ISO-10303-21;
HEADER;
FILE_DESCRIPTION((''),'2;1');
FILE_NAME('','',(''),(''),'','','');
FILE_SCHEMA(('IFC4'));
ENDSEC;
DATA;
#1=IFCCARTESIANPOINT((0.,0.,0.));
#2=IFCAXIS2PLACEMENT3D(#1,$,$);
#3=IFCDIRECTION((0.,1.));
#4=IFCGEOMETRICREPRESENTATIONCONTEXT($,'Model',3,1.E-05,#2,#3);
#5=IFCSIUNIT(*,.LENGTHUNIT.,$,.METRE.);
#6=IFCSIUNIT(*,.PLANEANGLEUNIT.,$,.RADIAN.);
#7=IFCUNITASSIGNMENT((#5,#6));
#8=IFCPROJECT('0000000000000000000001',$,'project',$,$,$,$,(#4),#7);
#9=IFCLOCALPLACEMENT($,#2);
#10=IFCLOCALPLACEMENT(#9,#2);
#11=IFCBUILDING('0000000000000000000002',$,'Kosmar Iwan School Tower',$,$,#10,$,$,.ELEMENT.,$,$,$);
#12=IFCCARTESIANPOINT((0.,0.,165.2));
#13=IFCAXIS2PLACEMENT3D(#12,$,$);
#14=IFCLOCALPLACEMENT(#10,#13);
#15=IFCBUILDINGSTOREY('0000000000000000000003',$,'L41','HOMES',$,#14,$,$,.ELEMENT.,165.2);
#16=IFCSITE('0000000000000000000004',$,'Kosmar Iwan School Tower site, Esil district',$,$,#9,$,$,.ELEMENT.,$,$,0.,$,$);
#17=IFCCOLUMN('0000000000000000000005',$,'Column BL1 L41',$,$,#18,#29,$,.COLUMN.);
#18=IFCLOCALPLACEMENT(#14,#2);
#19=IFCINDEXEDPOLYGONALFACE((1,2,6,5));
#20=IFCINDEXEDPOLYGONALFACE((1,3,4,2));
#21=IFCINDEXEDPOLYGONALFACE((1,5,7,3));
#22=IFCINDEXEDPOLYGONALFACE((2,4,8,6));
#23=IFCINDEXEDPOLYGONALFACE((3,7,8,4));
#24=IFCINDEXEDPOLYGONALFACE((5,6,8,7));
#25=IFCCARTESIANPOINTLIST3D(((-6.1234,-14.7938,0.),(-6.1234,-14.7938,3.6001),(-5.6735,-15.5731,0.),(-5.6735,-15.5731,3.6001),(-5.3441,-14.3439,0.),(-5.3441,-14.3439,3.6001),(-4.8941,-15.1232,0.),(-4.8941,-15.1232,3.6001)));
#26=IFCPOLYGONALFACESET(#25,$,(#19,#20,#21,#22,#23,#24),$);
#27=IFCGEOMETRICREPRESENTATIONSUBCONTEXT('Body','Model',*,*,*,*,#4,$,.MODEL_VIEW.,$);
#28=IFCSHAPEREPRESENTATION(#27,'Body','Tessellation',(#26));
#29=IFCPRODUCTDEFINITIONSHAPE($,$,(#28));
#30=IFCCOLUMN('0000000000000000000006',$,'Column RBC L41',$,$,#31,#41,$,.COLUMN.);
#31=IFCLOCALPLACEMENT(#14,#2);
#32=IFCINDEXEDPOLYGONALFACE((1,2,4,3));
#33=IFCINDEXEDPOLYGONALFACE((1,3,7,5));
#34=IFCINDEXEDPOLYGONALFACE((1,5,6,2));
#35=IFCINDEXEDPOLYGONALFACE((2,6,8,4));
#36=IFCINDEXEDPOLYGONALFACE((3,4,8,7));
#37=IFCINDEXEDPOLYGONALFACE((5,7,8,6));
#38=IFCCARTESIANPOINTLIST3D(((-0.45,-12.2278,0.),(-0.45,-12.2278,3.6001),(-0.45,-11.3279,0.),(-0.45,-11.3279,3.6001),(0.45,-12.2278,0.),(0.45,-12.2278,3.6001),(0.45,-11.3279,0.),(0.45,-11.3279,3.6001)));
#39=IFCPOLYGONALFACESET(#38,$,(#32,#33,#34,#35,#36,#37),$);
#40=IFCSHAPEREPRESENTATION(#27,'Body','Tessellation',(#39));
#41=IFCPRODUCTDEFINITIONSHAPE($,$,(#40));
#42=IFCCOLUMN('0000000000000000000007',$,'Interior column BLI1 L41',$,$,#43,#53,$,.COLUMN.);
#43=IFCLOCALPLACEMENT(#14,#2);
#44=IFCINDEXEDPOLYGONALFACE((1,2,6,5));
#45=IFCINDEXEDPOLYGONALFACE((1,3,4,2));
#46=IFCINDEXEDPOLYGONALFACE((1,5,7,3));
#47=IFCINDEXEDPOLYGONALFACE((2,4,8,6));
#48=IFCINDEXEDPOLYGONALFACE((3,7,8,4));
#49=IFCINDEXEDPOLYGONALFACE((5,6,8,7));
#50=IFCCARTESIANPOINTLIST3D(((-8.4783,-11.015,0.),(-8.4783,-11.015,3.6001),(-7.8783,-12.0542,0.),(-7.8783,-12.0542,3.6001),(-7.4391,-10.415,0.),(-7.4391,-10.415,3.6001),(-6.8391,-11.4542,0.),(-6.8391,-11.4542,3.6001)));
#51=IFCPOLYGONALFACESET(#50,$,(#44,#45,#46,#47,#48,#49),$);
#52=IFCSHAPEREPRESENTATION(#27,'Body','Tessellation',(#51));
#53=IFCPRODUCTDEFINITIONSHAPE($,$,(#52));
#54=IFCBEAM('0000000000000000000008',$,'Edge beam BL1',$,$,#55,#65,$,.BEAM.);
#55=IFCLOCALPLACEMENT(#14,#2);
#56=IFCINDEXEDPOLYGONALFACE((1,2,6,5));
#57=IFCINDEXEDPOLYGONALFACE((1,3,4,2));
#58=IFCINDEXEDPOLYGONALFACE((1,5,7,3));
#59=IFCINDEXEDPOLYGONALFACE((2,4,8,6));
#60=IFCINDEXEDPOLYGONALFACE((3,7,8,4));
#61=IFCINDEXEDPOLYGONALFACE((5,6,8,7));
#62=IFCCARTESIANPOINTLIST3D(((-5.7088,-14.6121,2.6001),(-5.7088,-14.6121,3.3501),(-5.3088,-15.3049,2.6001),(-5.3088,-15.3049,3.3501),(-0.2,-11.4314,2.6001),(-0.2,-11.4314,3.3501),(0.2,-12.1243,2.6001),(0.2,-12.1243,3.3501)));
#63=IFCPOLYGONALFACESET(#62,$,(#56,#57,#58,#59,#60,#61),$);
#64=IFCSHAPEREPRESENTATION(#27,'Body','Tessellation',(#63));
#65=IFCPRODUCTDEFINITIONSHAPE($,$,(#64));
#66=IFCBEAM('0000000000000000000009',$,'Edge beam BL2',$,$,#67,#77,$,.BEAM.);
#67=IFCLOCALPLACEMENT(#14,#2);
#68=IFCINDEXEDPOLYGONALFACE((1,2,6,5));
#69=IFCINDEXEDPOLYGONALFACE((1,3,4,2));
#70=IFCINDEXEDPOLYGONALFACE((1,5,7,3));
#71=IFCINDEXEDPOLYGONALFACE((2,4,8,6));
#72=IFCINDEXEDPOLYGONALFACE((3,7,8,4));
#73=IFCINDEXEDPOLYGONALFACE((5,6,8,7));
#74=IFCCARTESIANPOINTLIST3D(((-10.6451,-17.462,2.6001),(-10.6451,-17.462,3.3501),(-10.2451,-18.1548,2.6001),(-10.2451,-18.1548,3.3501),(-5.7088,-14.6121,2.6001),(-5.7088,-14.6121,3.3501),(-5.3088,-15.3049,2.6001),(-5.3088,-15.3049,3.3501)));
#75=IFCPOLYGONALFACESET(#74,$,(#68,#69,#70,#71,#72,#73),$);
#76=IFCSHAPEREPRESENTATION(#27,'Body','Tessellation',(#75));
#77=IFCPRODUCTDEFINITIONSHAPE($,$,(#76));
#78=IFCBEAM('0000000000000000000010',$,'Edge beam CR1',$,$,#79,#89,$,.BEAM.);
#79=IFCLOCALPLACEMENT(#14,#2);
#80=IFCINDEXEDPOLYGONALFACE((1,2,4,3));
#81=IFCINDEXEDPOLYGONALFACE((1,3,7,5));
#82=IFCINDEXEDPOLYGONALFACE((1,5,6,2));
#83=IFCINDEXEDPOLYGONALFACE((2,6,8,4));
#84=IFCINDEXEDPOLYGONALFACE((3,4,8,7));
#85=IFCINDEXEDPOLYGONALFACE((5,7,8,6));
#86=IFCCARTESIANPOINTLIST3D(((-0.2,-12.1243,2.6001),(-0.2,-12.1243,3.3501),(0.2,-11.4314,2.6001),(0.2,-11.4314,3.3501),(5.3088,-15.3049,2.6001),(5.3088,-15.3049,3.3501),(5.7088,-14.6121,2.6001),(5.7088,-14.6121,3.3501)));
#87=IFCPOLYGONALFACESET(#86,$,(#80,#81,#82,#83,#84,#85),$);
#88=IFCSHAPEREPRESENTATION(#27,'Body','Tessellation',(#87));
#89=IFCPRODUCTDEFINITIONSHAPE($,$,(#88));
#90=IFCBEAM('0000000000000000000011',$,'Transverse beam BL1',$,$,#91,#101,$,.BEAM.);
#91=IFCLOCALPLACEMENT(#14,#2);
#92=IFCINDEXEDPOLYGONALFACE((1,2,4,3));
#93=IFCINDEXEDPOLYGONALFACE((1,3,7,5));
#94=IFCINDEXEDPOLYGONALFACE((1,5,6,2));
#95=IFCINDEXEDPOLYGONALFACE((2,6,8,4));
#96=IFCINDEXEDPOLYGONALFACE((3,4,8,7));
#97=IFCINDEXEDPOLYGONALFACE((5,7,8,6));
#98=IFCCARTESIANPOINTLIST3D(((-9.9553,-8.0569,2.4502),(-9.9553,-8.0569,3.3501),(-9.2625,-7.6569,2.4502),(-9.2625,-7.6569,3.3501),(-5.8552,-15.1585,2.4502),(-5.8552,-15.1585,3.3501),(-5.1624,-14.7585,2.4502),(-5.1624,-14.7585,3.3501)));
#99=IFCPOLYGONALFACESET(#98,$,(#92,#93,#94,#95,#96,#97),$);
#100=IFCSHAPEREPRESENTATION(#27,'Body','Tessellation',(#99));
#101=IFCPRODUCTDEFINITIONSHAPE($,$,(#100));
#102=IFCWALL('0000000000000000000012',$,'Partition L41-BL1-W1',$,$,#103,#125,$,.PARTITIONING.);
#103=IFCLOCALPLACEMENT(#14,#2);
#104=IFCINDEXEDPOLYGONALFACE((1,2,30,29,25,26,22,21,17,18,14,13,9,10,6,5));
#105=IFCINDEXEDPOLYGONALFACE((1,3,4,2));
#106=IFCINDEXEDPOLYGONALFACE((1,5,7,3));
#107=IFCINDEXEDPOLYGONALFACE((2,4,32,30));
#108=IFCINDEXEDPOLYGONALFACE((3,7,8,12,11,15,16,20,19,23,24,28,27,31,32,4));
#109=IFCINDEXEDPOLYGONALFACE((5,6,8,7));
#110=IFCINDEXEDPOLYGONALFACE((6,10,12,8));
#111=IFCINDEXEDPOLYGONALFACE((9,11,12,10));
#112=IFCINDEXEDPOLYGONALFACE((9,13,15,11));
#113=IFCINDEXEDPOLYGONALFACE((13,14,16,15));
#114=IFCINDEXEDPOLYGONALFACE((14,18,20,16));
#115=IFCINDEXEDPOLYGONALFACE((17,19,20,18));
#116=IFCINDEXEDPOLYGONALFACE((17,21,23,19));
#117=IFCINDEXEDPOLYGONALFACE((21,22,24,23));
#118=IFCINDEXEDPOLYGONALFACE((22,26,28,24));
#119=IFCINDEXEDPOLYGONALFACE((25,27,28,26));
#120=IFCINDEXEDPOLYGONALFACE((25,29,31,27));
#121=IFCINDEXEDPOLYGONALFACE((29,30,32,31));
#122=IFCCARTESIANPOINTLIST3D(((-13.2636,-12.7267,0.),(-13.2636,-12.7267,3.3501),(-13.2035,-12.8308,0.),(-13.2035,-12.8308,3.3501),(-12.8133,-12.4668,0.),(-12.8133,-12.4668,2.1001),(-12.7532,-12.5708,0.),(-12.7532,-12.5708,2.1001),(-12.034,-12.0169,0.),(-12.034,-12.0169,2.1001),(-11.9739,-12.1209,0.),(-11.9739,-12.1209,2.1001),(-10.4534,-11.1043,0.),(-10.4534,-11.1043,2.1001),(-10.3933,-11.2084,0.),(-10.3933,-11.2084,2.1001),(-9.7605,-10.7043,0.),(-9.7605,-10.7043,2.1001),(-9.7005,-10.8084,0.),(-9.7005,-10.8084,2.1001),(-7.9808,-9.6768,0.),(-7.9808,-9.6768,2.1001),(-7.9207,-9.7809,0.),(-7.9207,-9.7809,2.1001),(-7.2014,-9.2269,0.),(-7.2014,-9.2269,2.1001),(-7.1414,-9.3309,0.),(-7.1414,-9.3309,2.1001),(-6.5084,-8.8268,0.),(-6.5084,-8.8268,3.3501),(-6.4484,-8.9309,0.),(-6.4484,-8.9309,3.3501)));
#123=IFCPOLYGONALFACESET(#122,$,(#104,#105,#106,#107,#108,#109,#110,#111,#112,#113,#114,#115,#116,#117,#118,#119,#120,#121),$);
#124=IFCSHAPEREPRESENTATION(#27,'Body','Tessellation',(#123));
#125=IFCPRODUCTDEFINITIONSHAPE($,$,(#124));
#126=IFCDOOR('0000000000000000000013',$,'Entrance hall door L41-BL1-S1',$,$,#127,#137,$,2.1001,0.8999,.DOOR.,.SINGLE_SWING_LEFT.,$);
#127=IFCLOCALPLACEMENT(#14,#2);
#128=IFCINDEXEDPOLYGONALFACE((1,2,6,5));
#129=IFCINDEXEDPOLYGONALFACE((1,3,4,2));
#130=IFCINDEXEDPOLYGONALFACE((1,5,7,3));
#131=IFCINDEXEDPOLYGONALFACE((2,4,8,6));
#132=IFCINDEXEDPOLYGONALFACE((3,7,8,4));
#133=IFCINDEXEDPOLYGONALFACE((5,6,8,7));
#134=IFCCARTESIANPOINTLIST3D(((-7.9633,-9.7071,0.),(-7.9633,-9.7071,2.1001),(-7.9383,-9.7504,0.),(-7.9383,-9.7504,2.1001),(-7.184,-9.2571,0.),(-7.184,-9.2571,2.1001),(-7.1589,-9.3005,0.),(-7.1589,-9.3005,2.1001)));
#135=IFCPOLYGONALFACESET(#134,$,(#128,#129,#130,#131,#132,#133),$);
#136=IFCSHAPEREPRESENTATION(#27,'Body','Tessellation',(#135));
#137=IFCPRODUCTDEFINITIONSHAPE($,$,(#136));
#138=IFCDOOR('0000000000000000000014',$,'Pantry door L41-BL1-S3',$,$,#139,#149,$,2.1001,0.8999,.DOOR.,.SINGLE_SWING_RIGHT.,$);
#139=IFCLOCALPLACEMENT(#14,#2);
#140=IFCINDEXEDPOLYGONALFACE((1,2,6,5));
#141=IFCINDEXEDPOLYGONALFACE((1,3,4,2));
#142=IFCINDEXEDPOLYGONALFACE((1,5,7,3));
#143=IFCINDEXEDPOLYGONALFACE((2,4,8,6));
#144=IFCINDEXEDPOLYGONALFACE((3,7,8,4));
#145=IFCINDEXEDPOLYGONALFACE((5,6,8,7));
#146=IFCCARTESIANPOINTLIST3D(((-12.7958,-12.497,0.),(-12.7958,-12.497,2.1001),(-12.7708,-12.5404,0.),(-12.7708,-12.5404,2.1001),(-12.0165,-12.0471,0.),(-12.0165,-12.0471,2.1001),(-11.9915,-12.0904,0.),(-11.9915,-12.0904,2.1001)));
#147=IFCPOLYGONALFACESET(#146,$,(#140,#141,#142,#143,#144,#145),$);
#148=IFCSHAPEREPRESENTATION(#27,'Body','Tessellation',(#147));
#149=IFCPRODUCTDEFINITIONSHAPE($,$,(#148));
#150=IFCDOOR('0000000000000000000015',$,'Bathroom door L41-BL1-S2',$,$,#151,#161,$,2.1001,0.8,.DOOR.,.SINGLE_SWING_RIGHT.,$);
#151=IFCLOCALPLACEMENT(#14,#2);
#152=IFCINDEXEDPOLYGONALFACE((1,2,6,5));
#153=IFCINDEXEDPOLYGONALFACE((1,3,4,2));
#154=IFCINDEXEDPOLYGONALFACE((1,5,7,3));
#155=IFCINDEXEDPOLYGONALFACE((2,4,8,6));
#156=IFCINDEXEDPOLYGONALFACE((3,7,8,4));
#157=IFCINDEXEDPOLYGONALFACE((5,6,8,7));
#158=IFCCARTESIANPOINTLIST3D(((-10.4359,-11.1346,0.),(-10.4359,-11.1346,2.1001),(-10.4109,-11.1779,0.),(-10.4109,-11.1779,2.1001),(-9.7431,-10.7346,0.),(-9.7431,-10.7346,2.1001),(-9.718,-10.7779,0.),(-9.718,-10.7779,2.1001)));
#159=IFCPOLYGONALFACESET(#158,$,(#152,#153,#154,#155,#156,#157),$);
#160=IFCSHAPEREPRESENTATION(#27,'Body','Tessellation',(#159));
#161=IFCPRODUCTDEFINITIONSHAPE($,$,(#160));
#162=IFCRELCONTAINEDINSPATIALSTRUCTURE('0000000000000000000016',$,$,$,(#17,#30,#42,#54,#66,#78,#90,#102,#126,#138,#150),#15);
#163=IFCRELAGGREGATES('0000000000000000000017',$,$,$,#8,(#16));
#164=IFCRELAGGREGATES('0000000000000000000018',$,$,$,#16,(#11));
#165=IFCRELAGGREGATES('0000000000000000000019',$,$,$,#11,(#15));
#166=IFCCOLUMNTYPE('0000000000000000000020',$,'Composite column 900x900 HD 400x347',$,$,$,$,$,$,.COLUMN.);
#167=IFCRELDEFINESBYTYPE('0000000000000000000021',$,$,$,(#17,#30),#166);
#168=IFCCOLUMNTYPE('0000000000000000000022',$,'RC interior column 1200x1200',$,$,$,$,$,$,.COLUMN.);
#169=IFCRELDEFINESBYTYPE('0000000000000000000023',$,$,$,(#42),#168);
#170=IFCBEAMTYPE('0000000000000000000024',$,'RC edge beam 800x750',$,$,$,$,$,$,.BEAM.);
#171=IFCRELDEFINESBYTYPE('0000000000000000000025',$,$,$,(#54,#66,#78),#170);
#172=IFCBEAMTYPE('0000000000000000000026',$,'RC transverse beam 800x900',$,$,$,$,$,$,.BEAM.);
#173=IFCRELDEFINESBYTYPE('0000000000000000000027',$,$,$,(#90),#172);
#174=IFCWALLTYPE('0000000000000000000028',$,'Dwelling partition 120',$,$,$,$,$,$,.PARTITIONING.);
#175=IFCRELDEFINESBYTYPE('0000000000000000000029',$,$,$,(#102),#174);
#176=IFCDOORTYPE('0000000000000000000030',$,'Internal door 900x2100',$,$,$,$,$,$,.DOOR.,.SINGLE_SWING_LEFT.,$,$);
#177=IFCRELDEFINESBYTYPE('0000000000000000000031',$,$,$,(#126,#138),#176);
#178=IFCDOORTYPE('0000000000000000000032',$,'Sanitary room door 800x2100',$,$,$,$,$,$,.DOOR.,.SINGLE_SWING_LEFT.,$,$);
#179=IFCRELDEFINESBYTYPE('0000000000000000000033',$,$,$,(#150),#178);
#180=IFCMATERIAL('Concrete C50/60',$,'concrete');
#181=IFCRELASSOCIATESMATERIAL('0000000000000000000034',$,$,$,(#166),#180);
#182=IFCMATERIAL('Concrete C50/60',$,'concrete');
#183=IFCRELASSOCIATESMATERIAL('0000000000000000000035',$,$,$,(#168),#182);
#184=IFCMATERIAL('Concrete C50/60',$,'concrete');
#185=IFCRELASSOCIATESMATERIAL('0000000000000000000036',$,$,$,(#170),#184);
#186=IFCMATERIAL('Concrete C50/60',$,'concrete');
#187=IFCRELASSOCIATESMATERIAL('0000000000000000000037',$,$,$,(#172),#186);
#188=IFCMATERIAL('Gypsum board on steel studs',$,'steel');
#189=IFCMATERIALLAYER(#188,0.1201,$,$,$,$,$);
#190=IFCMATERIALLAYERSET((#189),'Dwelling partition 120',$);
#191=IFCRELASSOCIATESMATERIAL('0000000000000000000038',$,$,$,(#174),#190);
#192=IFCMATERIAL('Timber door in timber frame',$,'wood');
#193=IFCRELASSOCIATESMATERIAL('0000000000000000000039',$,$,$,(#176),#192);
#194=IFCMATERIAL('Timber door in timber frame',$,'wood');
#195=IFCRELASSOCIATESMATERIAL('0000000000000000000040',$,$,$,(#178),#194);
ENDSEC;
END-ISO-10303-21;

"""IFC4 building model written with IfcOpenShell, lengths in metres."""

from ifc_helpers import new_model, si_unit, direction, frame, frame_2d, origin, origin_2d, place, context, subcontext, project, spatial, rectangle, extrude, material, layer, layer_set, material_profile, profile_set, type_object, element, fill, save


model = new_model("IFC4")

# Units and contexts
model_context = context("Model", 3, precision=1e-05, world=origin(), true_north=direction((0.0, 1.0)))
body_context = subcontext(model_context, "Body", "Model", "MODEL_VIEW")
ifc_project = project(units=[si_unit("LENGTHUNIT", "METRE"), si_unit("PLANEANGLEUNIT", "RADIAN")], contexts=[model_context])

# Site, building, storey
site_placement = place(None, origin())
site = spatial("IfcSite", under=ifc_project, at=site_placement, Name="Kosmar Iwan School Tower site, Esil district", CompositionType="ELEMENT", RefElevation=0.0)
building_placement = place(site_placement, origin())
building = spatial("IfcBuilding", under=site, at=building_placement, Name="Kosmar Iwan School Tower", CompositionType="ELEMENT")
storey_placement = place(building_placement, frame((0.0, 0.0, 165.2)))
storey = spatial("IfcBuildingStorey", under=building, at=storey_placement, Name="L41", Description="HOMES", CompositionType="ELEMENT", Elevation=165.2)

# Columns
ifc_material_1 = material(Name="Concrete C50/60", Category="concrete")
ifc_material_profile_1 = material_profile(ifc_material_1, rectangle(XDim=0.8999, YDim=0.8999, at=origin_2d()), Name="RC 900x900 + HD 400x347")
ifc_profile_set_1 = profile_set([ifc_material_profile_1], Name="Concrete C50/60")
column_type_1 = type_object("IfcColumnType", Name="Composite column 900x900 HD 400x347", PredefinedType="COLUMN", material=ifc_profile_set_1)
for number, where, z_axis, x_axis, name in (
    (1, (-5.5088, -14.9585, 0.0), (0.0, 0.0, 1.0), (-0.866025, -0.5, 0.0), "Column BL1 L41"),
    (2, (0.0, -11.7778, 0.0), (0.0, 0.0, 1.0), (1.0, 0.0, 0.0), "Column RBC L41"),
):
    element("IfcColumn", number, at=place(storey_placement, frame(where, z_axis=z_axis, x_axis=x_axis)), inside=storey, type_object=column_type_1, Name=name, PredefinedType="COLUMN", context=body_context, shape_type="SweptSolid", body=[
        extrude(rectangle(XDim=0.8999, YDim=0.8999, at=origin_2d()), origin(), (0.0, 0.0, 1.0), 3.6001),
    ])
ifc_material_2 = material(Name="Concrete C50/60", Category="concrete")
ifc_material_profile_2 = material_profile(ifc_material_2, rectangle(XDim=1.2, YDim=1.2, at=origin_2d()), Name="RC 1200x1200")
ifc_profile_set_2 = profile_set([ifc_material_profile_2], Name="Concrete C50/60")
column_type_2 = type_object("IfcColumnType", Name="RC interior column 1200x1200", PredefinedType="COLUMN", material=ifc_profile_set_2)
column_placement = place(storey_placement, frame((-7.6587, -11.2346, 0.0), z_axis=(0.0, 0.0, 1.0), x_axis=(-0.866025, -0.5, 0.0)))
element("IfcColumn", 3, at=column_placement, inside=storey, type_object=column_type_2, Name="Interior column BLI1 L41", PredefinedType="COLUMN", context=body_context, shape_type="SweptSolid", body=[
    extrude(rectangle(XDim=1.2, YDim=1.2, at=origin_2d()), origin(), (0.0, 0.0, 1.0), 3.6001),
])

# Beams
ifc_material_3 = material(Name="Concrete C50/60", Category="concrete")
ifc_material_profile_3 = material_profile(ifc_material_3, rectangle(XDim=0.8, YDim=0.75, at=origin_2d()), Name="RC 800x750")
ifc_profile_set_3 = profile_set([ifc_material_profile_3], Name="Concrete C50/60")
beam_type_1 = type_object("IfcBeamType", Name="RC edge beam 800x750", PredefinedType="BEAM", material=ifc_profile_set_3)
beam_1_placement = place(storey_placement, frame((0.0, -11.7778, 2.9751), z_axis=(-0.866014, -0.500019, 0.0), x_axis=(0.500019, -0.866014, 0.0)))
element("IfcBeam", 4, at=beam_1_placement, inside=storey, type_object=beam_type_1, Name="Edge beam BL1", PredefinedType="BEAM", context=body_context, shape_type="SweptSolid", body=[
    extrude(rectangle(XDim=0.8, YDim=0.75, at=origin_2d()), origin(), (0.0, 0.0, 1.0), 6.3611),
])
beam_2_placement = place(storey_placement, frame((-5.5088, -14.9585, 2.9751), z_axis=(-0.866034, -0.499986, 0.0), x_axis=(0.499986, -0.866034, 0.0)))
element("IfcBeam", 5, at=beam_2_placement, inside=storey, type_object=beam_type_1, Name="Edge beam BL2", PredefinedType="BEAM", context=body_context, shape_type="SweptSolid", body=[
    extrude(rectangle(XDim=0.8, YDim=0.75, at=origin_2d()), origin(), (0.0, 0.0, 1.0), 5.7),
])
beam_3_placement = place(storey_placement, frame((0.0, -11.7778, 2.9751), z_axis=(0.866014, -0.500019, 0.0), x_axis=(0.500019, 0.866014, 0.0)))
element("IfcBeam", 6, at=beam_3_placement, inside=storey, type_object=beam_type_1, Name="Edge beam CR1", PredefinedType="BEAM", context=body_context, shape_type="SweptSolid", body=[
    extrude(rectangle(XDim=0.8, YDim=0.75, at=origin_2d()), origin(), (0.0, 0.0, 1.0), 6.3611),
])
ifc_material_4 = material(Name="Concrete C50/60", Category="concrete")
ifc_material_profile_4 = material_profile(ifc_material_4, rectangle(XDim=0.8, YDim=0.8999, at=origin_2d()), Name="RC 800x900")
ifc_profile_set_4 = profile_set([ifc_material_profile_4], Name="Concrete C50/60")
beam_type_2 = type_object("IfcBeamType", Name="RC transverse beam 800x900", PredefinedType="BEAM", material=ifc_profile_set_4)
beam_4_placement = place(storey_placement, frame((-5.5088, -14.9585, 2.9001), z_axis=(-0.500001, 0.866025, 0.0), x_axis=(-0.866025, -0.500001, 0.0)))
element("IfcBeam", 7, at=beam_4_placement, inside=storey, type_object=beam_type_2, Name="Transverse beam BL1", PredefinedType="BEAM", context=body_context, shape_type="SweptSolid", body=[
    extrude(rectangle(XDim=0.8, YDim=0.8999, at=origin_2d()), origin(), (0.0, 0.0, 1.0), 8.2002),
])

# Wall, openings, doors
ifc_material_5 = material(Name="Gypsum board on steel studs", Category="steel")
ifc_layer_1 = layer(ifc_material_5, 0.1201)
ifc_layer_set_1 = layer_set([ifc_layer_1], Name="Dwelling partition 120")
wall_type_1 = type_object("IfcWallType", Name="Dwelling partition 120", PredefinedType="PARTITIONING", material=ifc_layer_set_1)
wall_1_placement = place(storey_placement, frame((-6.4785, -8.8789, 0.0), z_axis=(0.0, 0.0, 1.0), x_axis=(-0.866035, -0.499983, 0.0)))
wall_1 = element("IfcWall", 8, at=wall_1_placement, inside=storey, type_object=wall_type_1, Name="Partition L41-BL1-W1", PredefinedType="PARTITIONING", context=body_context, shape_type="SweptSolid", body=[
    extrude(rectangle(XDim=7.8, YDim=0.1201, at=frame_2d((3.8999, 0.0))), origin(), (0.0, 0.0, 1.0), 3.3501),
])
opening_1_placement = place(wall_1_placement, frame((0.8, 0.0, 0.0)))
opening_1 = element("IfcOpeningElement", 9, at=opening_1_placement, cuts=wall_1, PredefinedType="OPENING", context=body_context, shape_type="SweptSolid", body=[
    extrude(rectangle(XDim=0.8999, YDim=2.1001, at=frame_2d((0.45, 1.05))), frame((0.0, 0.072, 0.0), z_axis=(0.0, -1.0, 0.0), x_axis=(1.0, 0.0, 0.0)), (0.0, 0.0, 1.0), 0.144),
])
opening_2_placement = place(wall_1_placement, frame((3.7551, 0.0, 0.0)))
opening_2 = element("IfcOpeningElement", 10, at=opening_2_placement, cuts=wall_1, PredefinedType="OPENING", context=body_context, shape_type="SweptSolid", body=[
    extrude(rectangle(XDim=0.8, YDim=2.1001, at=frame_2d((0.3999, 1.05))), frame((0.0, 0.072, 0.0), z_axis=(0.0, -1.0, 0.0), x_axis=(1.0, 0.0, 0.0)), (0.0, 0.0, 1.0), 0.144),
])
opening_3_placement = place(wall_1_placement, frame((6.3801, 0.0, 0.0)))
opening_3 = element("IfcOpeningElement", 11, at=opening_3_placement, cuts=wall_1, PredefinedType="OPENING", context=body_context, shape_type="SweptSolid", body=[
    extrude(rectangle(XDim=0.8999, YDim=2.1001, at=frame_2d((0.45, 1.05))), frame((0.0, 0.072, 0.0), z_axis=(0.0, -1.0, 0.0), x_axis=(1.0, 0.0, 0.0)), (0.0, 0.0, 1.0), 0.144),
])
ifc_material_6 = material(Name="Timber door in timber frame", Category="wood")
door_type_1 = type_object("IfcDoorType", Name="Internal door 900x2100", OperationType="SINGLE_SWING_LEFT", PredefinedType="DOOR", material=ifc_material_6)
door_1_placement = place(opening_1_placement, origin())
door_1 = element("IfcDoor", 12, at=door_1_placement, inside=storey, type_object=door_type_1, Name="Entrance hall door L41-BL1-S1", OperationType="SINGLE_SWING_LEFT", OverallHeight=2.1001, OverallWidth=0.8999, PredefinedType="DOOR", context=body_context, shape_type="SweptSolid", body=[
    extrude(rectangle(XDim=0.8999, YDim=2.1001, at=frame_2d((0.45, 1.05))), frame((0.0, 0.0249, 0.0), z_axis=(0.0, -1.0, 0.0), x_axis=(1.0, 0.0, 0.0)), (0.0, 0.0, 1.0), 0.05),
])
fill(opening_1, door_1)
door_2_placement = place(opening_3_placement, origin())
door_2 = element("IfcDoor", 13, at=door_2_placement, inside=storey, type_object=door_type_1, Name="Pantry door L41-BL1-S3", OperationType="SINGLE_SWING_RIGHT", OverallHeight=2.1001, OverallWidth=0.8999, PredefinedType="DOOR", context=body_context, shape_type="SweptSolid", body=[
    extrude(rectangle(XDim=0.8999, YDim=2.1001, at=frame_2d((0.45, 1.05))), frame((0.0, 0.0249, 0.0), z_axis=(0.0, -1.0, 0.0), x_axis=(1.0, 0.0, 0.0)), (0.0, 0.0, 1.0), 0.05),
])
fill(opening_3, door_2)
ifc_material_7 = material(Name="Timber door in timber frame", Category="wood")
door_type_2 = type_object("IfcDoorType", Name="Sanitary room door 800x2100", OperationType="SINGLE_SWING_LEFT", PredefinedType="DOOR", material=ifc_material_7)
door_3_placement = place(opening_2_placement, origin())
door_3 = element("IfcDoor", 14, at=door_3_placement, inside=storey, type_object=door_type_2, Name="Bathroom door L41-BL1-S2", OperationType="SINGLE_SWING_RIGHT", OverallHeight=2.1001, OverallWidth=0.8, PredefinedType="DOOR", context=body_context, shape_type="SweptSolid", body=[
    extrude(rectangle(XDim=0.8, YDim=2.1001, at=frame_2d((0.3999, 1.05))), frame((0.0, 0.0249, 0.0), z_axis=(0.0, -1.0, 0.0), x_axis=(1.0, 0.0, 0.0)), (0.0, 0.0, 1.0), 0.05),
])
fill(opening_2, door_3)

save(model, "model.ifc")
